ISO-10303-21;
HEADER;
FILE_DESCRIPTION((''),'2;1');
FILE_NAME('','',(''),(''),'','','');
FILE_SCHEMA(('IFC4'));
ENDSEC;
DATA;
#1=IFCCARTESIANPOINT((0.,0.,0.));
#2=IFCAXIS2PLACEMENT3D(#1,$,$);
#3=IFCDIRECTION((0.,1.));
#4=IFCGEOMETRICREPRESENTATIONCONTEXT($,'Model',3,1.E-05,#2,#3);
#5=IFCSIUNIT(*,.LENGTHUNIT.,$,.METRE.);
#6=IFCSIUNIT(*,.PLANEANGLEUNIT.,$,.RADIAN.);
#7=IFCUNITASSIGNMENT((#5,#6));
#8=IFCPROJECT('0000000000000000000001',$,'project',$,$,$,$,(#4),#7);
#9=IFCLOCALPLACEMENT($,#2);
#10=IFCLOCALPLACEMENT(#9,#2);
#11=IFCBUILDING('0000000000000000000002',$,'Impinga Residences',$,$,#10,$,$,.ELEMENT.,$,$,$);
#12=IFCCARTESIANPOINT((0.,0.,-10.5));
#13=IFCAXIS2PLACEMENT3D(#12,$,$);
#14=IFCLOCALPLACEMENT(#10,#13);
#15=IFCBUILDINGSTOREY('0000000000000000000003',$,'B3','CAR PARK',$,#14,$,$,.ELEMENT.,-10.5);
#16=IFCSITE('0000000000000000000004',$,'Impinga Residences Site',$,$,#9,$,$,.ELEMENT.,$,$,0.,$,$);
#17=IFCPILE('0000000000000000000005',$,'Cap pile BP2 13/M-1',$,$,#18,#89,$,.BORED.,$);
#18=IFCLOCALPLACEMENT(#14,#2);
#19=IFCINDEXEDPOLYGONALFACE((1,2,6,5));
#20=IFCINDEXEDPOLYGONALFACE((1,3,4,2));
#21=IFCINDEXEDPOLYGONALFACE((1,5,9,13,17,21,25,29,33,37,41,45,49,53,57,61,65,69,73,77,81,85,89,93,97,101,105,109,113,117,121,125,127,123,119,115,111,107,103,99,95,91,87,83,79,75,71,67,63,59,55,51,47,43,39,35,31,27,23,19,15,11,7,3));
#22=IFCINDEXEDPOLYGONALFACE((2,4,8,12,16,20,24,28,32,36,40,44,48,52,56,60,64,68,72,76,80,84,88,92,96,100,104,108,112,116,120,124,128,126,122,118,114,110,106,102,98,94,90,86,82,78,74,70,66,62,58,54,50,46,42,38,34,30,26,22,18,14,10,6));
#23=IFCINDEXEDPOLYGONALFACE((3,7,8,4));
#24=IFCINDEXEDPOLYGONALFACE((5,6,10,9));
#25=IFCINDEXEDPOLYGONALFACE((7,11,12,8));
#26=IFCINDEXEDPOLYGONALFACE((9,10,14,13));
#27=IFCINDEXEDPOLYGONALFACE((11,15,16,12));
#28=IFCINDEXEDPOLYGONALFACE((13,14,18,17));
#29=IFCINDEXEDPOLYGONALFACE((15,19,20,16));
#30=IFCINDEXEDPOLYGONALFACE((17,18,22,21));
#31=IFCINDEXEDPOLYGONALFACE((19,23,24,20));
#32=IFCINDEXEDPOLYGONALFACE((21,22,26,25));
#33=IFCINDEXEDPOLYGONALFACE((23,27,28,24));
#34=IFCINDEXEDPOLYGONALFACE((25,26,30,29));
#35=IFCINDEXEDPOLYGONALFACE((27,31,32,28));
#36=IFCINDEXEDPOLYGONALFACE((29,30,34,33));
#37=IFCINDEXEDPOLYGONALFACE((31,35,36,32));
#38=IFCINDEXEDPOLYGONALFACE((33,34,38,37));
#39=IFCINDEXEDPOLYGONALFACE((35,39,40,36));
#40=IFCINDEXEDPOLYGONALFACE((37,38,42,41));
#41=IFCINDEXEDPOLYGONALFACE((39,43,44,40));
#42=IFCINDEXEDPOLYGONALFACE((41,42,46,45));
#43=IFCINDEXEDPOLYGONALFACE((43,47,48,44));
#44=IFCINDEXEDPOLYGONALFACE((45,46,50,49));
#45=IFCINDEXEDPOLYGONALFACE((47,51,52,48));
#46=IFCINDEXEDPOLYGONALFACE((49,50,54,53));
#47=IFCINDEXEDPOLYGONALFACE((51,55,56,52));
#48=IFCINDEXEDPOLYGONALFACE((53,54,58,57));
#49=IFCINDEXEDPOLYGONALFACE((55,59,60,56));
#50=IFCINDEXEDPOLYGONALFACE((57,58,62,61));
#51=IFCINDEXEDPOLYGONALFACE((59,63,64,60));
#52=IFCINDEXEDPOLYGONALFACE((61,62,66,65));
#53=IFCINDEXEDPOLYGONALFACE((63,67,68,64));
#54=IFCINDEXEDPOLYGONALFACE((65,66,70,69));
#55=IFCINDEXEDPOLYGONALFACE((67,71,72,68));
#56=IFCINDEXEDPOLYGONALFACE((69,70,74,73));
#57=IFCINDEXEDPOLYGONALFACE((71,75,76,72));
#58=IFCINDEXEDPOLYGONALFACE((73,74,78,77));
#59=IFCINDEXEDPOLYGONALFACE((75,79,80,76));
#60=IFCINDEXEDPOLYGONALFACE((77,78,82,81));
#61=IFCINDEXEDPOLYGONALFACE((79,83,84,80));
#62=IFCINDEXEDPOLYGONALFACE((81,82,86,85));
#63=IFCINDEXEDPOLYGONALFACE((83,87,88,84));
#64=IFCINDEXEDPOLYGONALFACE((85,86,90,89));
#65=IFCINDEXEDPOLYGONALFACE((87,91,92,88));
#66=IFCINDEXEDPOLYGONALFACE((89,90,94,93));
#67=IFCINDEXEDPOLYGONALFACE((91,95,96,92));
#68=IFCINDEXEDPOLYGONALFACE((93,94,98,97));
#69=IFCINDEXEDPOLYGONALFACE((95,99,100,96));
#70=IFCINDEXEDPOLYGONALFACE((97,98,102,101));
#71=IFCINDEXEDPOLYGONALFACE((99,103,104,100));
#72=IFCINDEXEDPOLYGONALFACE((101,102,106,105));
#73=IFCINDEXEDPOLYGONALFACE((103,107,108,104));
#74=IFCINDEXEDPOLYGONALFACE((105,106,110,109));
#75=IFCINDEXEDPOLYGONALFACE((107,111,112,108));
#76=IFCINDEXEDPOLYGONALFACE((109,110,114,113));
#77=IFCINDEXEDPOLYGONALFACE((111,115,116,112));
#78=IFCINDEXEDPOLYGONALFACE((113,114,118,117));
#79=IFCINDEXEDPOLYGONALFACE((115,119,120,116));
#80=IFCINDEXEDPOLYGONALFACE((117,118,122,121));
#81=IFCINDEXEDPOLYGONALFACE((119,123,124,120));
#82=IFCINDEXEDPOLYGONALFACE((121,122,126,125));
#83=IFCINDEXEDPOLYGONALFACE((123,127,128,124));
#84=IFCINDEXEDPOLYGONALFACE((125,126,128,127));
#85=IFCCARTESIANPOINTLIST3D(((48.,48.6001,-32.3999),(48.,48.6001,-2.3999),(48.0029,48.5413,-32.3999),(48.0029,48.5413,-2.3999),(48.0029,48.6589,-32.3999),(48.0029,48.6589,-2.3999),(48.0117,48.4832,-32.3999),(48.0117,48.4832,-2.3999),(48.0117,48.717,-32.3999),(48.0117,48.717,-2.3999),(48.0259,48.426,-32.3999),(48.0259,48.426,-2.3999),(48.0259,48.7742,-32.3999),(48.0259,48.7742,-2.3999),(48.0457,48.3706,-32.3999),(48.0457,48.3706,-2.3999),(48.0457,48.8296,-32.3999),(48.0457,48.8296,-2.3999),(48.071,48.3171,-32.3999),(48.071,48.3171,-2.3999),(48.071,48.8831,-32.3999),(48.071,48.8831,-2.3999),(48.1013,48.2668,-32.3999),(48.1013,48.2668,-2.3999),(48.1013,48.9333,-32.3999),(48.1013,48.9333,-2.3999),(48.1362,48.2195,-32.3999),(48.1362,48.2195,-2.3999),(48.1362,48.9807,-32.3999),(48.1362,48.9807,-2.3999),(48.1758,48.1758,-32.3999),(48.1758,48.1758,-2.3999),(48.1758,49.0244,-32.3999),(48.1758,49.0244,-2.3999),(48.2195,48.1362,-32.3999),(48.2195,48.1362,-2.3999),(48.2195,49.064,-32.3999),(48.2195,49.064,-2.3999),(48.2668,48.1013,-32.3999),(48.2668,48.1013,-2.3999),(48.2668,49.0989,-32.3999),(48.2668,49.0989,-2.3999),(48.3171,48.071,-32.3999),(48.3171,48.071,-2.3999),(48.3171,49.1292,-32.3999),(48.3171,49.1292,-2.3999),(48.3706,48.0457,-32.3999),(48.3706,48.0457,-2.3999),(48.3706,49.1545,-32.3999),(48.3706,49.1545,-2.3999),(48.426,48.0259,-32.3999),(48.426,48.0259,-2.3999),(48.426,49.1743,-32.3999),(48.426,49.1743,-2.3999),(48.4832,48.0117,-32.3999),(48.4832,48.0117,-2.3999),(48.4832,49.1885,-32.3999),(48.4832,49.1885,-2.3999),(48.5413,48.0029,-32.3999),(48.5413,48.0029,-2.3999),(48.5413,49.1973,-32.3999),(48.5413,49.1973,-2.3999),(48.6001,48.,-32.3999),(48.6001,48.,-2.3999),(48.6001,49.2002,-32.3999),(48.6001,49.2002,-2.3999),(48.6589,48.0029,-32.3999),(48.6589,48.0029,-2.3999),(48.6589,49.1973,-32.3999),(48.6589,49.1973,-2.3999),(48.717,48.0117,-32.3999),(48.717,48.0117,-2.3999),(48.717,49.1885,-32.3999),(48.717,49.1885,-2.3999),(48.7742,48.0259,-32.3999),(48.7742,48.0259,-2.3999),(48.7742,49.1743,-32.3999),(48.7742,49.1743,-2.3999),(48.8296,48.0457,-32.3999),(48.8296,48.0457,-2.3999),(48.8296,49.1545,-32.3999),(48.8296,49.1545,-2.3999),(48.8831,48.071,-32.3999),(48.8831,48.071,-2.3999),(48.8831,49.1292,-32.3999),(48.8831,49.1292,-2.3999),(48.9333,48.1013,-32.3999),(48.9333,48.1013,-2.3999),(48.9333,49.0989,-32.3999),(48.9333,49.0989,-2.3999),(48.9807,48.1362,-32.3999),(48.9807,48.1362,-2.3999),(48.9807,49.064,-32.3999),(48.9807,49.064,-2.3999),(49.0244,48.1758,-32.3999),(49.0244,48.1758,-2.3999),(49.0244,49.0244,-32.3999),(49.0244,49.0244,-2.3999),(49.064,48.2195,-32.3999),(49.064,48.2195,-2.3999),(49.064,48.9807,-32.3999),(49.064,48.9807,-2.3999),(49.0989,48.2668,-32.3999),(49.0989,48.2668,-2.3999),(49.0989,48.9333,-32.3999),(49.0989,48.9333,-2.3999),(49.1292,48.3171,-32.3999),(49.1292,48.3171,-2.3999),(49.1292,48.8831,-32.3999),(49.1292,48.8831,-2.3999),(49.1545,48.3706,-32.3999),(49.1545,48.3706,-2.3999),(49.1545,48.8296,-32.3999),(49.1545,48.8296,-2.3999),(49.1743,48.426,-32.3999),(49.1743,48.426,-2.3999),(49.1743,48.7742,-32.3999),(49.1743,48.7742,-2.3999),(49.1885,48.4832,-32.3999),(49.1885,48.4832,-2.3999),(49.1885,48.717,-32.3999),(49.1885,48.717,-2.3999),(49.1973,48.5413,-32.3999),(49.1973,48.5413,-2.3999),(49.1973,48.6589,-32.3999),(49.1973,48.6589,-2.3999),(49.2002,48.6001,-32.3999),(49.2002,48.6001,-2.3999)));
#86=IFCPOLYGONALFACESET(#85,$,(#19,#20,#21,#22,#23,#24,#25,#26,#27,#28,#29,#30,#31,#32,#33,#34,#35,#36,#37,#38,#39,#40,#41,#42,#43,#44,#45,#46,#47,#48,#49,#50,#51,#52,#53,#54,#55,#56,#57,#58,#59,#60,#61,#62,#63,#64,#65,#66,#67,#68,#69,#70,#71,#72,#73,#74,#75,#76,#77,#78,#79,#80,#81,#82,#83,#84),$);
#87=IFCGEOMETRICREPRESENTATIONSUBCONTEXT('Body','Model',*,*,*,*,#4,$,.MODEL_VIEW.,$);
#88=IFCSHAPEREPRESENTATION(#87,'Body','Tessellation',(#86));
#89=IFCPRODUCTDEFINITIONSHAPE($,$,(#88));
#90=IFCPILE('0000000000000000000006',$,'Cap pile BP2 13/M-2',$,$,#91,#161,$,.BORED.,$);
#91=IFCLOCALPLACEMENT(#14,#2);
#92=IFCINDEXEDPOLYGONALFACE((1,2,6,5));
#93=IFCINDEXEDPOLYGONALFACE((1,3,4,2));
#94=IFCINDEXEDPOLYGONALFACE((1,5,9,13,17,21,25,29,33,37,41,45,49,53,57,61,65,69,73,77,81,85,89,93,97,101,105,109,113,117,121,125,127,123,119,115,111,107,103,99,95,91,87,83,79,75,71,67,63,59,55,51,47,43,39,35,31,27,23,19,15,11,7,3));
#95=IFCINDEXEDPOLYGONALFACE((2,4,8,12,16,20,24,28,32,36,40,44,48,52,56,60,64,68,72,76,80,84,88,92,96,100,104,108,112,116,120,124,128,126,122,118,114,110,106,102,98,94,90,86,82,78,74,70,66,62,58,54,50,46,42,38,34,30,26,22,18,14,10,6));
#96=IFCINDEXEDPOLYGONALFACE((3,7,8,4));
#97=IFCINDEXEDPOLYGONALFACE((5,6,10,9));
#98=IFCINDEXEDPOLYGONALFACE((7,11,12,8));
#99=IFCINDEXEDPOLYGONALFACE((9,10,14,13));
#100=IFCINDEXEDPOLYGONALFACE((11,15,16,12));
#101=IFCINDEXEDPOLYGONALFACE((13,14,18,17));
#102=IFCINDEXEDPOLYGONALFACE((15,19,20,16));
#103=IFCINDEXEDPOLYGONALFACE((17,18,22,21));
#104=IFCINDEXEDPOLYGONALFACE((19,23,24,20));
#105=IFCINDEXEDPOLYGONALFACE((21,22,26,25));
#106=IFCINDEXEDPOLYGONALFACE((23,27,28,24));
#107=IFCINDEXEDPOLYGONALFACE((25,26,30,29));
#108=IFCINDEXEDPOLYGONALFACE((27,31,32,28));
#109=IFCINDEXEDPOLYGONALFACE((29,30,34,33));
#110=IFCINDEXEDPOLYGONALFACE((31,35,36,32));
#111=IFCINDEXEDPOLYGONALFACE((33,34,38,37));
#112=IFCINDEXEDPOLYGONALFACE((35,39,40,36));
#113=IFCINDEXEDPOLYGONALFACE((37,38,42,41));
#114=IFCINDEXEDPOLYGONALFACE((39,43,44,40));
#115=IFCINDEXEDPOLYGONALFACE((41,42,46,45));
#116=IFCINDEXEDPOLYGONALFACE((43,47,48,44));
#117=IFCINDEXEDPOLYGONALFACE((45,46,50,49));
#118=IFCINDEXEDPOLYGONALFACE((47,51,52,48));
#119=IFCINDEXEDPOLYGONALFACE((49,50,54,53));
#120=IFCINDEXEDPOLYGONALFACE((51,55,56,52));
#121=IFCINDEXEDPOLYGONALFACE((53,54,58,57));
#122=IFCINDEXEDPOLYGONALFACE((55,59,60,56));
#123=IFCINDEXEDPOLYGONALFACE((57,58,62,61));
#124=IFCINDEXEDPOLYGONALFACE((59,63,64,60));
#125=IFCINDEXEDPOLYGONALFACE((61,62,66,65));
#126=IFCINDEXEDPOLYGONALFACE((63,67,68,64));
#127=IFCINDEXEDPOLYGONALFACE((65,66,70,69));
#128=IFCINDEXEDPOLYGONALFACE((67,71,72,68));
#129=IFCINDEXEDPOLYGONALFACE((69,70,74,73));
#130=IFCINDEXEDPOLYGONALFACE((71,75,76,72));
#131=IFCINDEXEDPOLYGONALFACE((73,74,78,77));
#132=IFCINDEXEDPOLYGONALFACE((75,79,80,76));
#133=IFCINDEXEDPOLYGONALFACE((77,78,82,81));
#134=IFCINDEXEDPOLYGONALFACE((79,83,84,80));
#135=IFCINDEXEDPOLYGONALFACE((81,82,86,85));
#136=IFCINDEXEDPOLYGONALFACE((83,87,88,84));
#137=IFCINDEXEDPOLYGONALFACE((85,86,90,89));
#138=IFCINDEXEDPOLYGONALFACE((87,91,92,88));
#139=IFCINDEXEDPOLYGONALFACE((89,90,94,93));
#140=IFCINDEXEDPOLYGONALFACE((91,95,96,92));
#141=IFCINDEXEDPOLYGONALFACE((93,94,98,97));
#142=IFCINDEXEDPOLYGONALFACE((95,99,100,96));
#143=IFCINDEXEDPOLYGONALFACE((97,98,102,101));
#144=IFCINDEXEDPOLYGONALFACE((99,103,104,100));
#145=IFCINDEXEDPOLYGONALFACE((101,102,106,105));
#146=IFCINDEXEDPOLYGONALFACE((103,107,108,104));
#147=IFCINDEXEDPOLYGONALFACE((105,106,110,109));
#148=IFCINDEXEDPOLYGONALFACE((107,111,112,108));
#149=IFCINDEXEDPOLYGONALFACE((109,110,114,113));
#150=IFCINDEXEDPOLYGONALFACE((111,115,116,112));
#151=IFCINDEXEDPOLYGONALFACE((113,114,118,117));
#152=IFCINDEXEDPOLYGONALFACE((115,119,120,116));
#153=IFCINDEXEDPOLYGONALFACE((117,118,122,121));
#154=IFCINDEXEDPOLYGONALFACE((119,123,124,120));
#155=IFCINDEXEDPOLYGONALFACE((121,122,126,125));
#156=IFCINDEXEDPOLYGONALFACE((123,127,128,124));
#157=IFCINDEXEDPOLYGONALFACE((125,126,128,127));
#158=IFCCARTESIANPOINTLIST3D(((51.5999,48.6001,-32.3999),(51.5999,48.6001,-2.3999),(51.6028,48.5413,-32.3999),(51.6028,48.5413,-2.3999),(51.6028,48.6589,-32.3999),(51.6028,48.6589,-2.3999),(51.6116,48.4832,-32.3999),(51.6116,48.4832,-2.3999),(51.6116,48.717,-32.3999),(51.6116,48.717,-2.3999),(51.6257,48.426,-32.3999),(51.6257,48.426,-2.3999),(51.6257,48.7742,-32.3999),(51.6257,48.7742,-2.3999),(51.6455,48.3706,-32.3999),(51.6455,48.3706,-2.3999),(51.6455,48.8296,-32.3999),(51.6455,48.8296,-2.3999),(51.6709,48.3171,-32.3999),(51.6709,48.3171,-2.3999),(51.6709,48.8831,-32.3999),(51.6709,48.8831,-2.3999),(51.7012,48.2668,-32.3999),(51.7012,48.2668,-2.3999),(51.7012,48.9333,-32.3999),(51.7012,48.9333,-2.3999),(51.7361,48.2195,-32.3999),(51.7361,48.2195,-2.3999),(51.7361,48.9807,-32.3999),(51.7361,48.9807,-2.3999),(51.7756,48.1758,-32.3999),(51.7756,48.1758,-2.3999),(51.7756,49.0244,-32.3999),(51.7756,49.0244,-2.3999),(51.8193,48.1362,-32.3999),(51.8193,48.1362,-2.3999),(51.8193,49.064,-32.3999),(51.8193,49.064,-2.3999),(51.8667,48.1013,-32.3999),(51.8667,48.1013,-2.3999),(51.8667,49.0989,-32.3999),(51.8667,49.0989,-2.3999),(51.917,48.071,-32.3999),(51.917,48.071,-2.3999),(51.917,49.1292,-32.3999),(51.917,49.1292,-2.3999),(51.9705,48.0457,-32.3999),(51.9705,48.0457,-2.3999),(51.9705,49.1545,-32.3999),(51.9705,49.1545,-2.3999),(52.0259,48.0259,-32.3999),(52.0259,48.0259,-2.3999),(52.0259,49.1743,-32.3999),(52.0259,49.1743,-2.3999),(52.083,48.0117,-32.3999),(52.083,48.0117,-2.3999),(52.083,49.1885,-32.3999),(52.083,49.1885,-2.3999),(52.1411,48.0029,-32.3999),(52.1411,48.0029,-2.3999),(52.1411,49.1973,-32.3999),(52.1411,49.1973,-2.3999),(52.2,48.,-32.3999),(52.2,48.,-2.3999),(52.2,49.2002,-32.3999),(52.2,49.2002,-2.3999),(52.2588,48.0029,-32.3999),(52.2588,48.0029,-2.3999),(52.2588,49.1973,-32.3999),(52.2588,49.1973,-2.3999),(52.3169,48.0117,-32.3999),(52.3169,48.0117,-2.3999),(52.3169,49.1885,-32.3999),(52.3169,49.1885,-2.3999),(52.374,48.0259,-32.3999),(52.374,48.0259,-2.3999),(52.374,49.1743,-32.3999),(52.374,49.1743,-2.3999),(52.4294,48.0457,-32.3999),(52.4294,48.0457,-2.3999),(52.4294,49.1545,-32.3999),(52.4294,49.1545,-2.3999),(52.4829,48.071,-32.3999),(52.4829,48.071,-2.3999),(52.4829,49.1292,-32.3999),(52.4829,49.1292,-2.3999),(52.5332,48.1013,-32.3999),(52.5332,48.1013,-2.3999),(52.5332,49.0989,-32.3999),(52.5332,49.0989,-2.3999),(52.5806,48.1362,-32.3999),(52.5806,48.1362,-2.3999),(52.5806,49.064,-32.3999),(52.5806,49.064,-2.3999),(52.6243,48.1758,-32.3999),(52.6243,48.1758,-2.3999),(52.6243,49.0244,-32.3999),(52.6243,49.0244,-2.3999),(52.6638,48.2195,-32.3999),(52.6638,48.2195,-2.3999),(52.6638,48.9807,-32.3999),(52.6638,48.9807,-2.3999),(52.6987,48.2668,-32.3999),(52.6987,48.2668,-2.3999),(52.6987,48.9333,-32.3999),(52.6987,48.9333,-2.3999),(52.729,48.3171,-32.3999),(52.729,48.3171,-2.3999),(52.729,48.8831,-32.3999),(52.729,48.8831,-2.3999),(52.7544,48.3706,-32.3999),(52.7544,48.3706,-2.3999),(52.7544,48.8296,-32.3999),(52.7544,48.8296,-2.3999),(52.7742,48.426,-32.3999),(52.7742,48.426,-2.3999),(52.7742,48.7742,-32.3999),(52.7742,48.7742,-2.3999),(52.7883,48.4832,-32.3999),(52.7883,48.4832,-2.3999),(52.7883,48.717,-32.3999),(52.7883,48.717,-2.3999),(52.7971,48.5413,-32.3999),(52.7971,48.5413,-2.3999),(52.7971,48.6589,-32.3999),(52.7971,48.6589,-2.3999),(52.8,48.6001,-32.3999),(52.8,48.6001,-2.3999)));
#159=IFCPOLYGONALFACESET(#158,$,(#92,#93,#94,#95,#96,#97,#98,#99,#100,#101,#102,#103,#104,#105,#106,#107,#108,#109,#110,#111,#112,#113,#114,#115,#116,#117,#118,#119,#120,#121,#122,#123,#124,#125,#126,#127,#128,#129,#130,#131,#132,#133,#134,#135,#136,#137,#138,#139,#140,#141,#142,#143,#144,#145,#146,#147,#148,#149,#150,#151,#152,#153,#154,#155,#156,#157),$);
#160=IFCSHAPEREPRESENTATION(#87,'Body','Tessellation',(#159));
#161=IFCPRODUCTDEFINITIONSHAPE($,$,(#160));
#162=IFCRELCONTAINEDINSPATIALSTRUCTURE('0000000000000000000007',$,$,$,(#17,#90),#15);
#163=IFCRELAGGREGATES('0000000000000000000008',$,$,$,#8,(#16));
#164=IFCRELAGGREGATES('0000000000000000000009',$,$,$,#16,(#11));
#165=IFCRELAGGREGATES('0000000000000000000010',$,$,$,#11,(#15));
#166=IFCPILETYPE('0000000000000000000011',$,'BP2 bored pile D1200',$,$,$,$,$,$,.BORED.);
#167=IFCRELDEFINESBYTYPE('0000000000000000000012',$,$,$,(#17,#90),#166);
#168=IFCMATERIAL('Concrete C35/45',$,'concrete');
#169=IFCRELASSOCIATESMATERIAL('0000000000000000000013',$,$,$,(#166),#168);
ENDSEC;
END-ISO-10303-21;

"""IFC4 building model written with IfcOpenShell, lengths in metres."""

from ifc_helpers import new_model, si_unit, direction, frame, origin, origin_2d, place, context, subcontext, project, spatial, polyline, circle, outline, extrude, material, material_profile, profile_set, type_object, element, save


model = new_model("IFC4")

# Units and contexts
model_context = context("Model", 3, precision=1e-05, world=origin(), true_north=direction((0.0, 1.0)))
body_context = subcontext(model_context, "Body", "Model", "MODEL_VIEW")
ifc_project = project(units=[si_unit("LENGTHUNIT", "METRE"), si_unit("PLANEANGLEUNIT", "RADIAN")], contexts=[model_context])

# Site, building, storey
site_placement = place(None, origin())
site = spatial("IfcSite", under=ifc_project, at=site_placement, Name="Impinga Residences Site", CompositionType="ELEMENT", RefElevation=0.0)
building_placement = place(site_placement, origin())
building = spatial("IfcBuilding", under=site, at=building_placement, Name="Impinga Residences", CompositionType="ELEMENT")
storey_placement = place(building_placement, frame((0.0, 0.0, -10.5)))
storey = spatial("IfcBuildingStorey", under=building, at=storey_placement, Name="B3", Description="CAR PARK", CompositionType="ELEMENT", Elevation=-10.5)

# Piles
ifc_material_1 = material(Name="Concrete C35/45", Category="concrete")
ifc_material_profile_1 = material_profile(ifc_material_1, circle(Radius=0.6001, at=origin_2d()), Name="D1200")
ifc_profile_set_1 = profile_set([ifc_material_profile_1], Name="Concrete C35/45")
pile_type = type_object("IfcPileType", Name="BP2 bored pile D1200", PredefinedType="BORED", material=ifc_profile_set_1)
pile_1_placement = place(storey_placement, frame((48.6001, 48.6001, -2.3999), z_axis=(0.0, 0.0, -1.0), x_axis=(1.0, 0.0, 0.0)))
element("IfcPile", 1, at=pile_1_placement, inside=storey, type_object=pile_type, Name="Cap pile BP2 13/M-1", PredefinedType="BORED", context=body_context, shape_type="SweptSolid", body=[
    extrude(outline(polyline([(0.6001, 0.0), (0.5972, 0.0588), (0.5884, 0.1169), (0.5742, 0.1741), (0.5544, 0.2295), (0.5291, 0.283), (0.4988, 0.3333), (0.4639, 0.3806), (0.4243, 0.4243), (0.3806, 0.4639), (0.3333, 0.4988), (0.283, 0.5291), (0.2295, 0.5544), (0.1741, 0.5742), (0.1169, 0.5884), (0.0588, 0.5972), (0.0, 0.6001), (-0.0588, 0.5972), (-0.1169, 0.5884), (-0.1741, 0.5742), (-0.2295, 0.5544), (-0.283, 0.5291), (-0.3333, 0.4988), (-0.3806, 0.4639), (-0.4243, 0.4243), (-0.4639, 0.3806), (-0.4988, 0.3333), (-0.5291, 0.283), (-0.5544, 0.2295), (-0.5742, 0.1741), (-0.5884, 0.1169), (-0.5972, 0.0588), (-0.6001, 0.0), (-0.5972, -0.0588), (-0.5884, -0.1169), (-0.5742, -0.1741), (-0.5544, -0.2295), (-0.5291, -0.283), (-0.4988, -0.3333), (-0.4639, -0.3806), (-0.4243, -0.4243), (-0.3806, -0.4639), (-0.3333, -0.4988), (-0.283, -0.5291), (-0.2295, -0.5544), (-0.1741, -0.5742), (-0.1169, -0.5884), (-0.0588, -0.5972), (0.0, -0.6001), (0.0588, -0.5972), (0.1169, -0.5884), (0.1741, -0.5742), (0.2295, -0.5544), (0.283, -0.5291), (0.3333, -0.4988), (0.3806, -0.4639), (0.4243, -0.4243), (0.4639, -0.3806), (0.4988, -0.3333), (0.5291, -0.283), (0.5544, -0.2295), (0.5742, -0.1741), (0.5884, -0.1169), (0.5972, -0.0588), (0.6001, 0.0)])), origin(), (0.0, 0.0, 1.0), 30.0),
])
pile_2_placement = place(storey_placement, frame((52.2, 48.6001, -2.3999), z_axis=(0.0, 0.0, -1.0), x_axis=(1.0, 0.0, 0.0)))
element("IfcPile", 2, at=pile_2_placement, inside=storey, type_object=pile_type, Name="Cap pile BP2 13/M-2", PredefinedType="BORED", context=body_context, shape_type="SweptSolid", body=[
    extrude(outline(polyline([(0.6001, 0.0), (0.5972, 0.0588), (0.5884, 0.1169), (0.5742, 0.1741), (0.5544, 0.2295), (0.5291, 0.283), (0.4988, 0.3333), (0.4639, 0.3806), (0.4243, 0.4243), (0.3806, 0.4639), (0.3333, 0.4988), (0.283, 0.5291), (0.2295, 0.5544), (0.1741, 0.5742), (0.1169, 0.5884), (0.0588, 0.5972), (0.0, 0.6001), (-0.0588, 0.5972), (-0.1169, 0.5884), (-0.1741, 0.5742), (-0.2295, 0.5544), (-0.283, 0.5291), (-0.3333, 0.4988), (-0.3806, 0.4639), (-0.4243, 0.4243), (-0.4639, 0.3806), (-0.4988, 0.3333), (-0.5291, 0.283), (-0.5544, 0.2295), (-0.5742, 0.1741), (-0.5884, 0.1169), (-0.5972, 0.0588), (-0.6001, 0.0), (-0.5972, -0.0588), (-0.5884, -0.1169), (-0.5742, -0.1741), (-0.5544, -0.2295), (-0.5291, -0.283), (-0.4988, -0.3333), (-0.4639, -0.3806), (-0.4243, -0.4243), (-0.3806, -0.4639), (-0.3333, -0.4988), (-0.283, -0.5291), (-0.2295, -0.5544), (-0.1741, -0.5742), (-0.1169, -0.5884), (-0.0588, -0.5972), (0.0, -0.6001), (0.0588, -0.5972), (0.1169, -0.5884), (0.1741, -0.5742), (0.2295, -0.5544), (0.283, -0.5291), (0.3333, -0.4988), (0.3806, -0.4639), (0.4243, -0.4243), (0.4639, -0.3806), (0.4988, -0.3333), (0.5291, -0.283), (0.5544, -0.2295), (0.5742, -0.1741), (0.5884, -0.1169), (0.5972, -0.0588), (0.6001, 0.0)])), origin(), (0.0, 0.0, 1.0), 30.0),
])

save(model, "model.ifc")
